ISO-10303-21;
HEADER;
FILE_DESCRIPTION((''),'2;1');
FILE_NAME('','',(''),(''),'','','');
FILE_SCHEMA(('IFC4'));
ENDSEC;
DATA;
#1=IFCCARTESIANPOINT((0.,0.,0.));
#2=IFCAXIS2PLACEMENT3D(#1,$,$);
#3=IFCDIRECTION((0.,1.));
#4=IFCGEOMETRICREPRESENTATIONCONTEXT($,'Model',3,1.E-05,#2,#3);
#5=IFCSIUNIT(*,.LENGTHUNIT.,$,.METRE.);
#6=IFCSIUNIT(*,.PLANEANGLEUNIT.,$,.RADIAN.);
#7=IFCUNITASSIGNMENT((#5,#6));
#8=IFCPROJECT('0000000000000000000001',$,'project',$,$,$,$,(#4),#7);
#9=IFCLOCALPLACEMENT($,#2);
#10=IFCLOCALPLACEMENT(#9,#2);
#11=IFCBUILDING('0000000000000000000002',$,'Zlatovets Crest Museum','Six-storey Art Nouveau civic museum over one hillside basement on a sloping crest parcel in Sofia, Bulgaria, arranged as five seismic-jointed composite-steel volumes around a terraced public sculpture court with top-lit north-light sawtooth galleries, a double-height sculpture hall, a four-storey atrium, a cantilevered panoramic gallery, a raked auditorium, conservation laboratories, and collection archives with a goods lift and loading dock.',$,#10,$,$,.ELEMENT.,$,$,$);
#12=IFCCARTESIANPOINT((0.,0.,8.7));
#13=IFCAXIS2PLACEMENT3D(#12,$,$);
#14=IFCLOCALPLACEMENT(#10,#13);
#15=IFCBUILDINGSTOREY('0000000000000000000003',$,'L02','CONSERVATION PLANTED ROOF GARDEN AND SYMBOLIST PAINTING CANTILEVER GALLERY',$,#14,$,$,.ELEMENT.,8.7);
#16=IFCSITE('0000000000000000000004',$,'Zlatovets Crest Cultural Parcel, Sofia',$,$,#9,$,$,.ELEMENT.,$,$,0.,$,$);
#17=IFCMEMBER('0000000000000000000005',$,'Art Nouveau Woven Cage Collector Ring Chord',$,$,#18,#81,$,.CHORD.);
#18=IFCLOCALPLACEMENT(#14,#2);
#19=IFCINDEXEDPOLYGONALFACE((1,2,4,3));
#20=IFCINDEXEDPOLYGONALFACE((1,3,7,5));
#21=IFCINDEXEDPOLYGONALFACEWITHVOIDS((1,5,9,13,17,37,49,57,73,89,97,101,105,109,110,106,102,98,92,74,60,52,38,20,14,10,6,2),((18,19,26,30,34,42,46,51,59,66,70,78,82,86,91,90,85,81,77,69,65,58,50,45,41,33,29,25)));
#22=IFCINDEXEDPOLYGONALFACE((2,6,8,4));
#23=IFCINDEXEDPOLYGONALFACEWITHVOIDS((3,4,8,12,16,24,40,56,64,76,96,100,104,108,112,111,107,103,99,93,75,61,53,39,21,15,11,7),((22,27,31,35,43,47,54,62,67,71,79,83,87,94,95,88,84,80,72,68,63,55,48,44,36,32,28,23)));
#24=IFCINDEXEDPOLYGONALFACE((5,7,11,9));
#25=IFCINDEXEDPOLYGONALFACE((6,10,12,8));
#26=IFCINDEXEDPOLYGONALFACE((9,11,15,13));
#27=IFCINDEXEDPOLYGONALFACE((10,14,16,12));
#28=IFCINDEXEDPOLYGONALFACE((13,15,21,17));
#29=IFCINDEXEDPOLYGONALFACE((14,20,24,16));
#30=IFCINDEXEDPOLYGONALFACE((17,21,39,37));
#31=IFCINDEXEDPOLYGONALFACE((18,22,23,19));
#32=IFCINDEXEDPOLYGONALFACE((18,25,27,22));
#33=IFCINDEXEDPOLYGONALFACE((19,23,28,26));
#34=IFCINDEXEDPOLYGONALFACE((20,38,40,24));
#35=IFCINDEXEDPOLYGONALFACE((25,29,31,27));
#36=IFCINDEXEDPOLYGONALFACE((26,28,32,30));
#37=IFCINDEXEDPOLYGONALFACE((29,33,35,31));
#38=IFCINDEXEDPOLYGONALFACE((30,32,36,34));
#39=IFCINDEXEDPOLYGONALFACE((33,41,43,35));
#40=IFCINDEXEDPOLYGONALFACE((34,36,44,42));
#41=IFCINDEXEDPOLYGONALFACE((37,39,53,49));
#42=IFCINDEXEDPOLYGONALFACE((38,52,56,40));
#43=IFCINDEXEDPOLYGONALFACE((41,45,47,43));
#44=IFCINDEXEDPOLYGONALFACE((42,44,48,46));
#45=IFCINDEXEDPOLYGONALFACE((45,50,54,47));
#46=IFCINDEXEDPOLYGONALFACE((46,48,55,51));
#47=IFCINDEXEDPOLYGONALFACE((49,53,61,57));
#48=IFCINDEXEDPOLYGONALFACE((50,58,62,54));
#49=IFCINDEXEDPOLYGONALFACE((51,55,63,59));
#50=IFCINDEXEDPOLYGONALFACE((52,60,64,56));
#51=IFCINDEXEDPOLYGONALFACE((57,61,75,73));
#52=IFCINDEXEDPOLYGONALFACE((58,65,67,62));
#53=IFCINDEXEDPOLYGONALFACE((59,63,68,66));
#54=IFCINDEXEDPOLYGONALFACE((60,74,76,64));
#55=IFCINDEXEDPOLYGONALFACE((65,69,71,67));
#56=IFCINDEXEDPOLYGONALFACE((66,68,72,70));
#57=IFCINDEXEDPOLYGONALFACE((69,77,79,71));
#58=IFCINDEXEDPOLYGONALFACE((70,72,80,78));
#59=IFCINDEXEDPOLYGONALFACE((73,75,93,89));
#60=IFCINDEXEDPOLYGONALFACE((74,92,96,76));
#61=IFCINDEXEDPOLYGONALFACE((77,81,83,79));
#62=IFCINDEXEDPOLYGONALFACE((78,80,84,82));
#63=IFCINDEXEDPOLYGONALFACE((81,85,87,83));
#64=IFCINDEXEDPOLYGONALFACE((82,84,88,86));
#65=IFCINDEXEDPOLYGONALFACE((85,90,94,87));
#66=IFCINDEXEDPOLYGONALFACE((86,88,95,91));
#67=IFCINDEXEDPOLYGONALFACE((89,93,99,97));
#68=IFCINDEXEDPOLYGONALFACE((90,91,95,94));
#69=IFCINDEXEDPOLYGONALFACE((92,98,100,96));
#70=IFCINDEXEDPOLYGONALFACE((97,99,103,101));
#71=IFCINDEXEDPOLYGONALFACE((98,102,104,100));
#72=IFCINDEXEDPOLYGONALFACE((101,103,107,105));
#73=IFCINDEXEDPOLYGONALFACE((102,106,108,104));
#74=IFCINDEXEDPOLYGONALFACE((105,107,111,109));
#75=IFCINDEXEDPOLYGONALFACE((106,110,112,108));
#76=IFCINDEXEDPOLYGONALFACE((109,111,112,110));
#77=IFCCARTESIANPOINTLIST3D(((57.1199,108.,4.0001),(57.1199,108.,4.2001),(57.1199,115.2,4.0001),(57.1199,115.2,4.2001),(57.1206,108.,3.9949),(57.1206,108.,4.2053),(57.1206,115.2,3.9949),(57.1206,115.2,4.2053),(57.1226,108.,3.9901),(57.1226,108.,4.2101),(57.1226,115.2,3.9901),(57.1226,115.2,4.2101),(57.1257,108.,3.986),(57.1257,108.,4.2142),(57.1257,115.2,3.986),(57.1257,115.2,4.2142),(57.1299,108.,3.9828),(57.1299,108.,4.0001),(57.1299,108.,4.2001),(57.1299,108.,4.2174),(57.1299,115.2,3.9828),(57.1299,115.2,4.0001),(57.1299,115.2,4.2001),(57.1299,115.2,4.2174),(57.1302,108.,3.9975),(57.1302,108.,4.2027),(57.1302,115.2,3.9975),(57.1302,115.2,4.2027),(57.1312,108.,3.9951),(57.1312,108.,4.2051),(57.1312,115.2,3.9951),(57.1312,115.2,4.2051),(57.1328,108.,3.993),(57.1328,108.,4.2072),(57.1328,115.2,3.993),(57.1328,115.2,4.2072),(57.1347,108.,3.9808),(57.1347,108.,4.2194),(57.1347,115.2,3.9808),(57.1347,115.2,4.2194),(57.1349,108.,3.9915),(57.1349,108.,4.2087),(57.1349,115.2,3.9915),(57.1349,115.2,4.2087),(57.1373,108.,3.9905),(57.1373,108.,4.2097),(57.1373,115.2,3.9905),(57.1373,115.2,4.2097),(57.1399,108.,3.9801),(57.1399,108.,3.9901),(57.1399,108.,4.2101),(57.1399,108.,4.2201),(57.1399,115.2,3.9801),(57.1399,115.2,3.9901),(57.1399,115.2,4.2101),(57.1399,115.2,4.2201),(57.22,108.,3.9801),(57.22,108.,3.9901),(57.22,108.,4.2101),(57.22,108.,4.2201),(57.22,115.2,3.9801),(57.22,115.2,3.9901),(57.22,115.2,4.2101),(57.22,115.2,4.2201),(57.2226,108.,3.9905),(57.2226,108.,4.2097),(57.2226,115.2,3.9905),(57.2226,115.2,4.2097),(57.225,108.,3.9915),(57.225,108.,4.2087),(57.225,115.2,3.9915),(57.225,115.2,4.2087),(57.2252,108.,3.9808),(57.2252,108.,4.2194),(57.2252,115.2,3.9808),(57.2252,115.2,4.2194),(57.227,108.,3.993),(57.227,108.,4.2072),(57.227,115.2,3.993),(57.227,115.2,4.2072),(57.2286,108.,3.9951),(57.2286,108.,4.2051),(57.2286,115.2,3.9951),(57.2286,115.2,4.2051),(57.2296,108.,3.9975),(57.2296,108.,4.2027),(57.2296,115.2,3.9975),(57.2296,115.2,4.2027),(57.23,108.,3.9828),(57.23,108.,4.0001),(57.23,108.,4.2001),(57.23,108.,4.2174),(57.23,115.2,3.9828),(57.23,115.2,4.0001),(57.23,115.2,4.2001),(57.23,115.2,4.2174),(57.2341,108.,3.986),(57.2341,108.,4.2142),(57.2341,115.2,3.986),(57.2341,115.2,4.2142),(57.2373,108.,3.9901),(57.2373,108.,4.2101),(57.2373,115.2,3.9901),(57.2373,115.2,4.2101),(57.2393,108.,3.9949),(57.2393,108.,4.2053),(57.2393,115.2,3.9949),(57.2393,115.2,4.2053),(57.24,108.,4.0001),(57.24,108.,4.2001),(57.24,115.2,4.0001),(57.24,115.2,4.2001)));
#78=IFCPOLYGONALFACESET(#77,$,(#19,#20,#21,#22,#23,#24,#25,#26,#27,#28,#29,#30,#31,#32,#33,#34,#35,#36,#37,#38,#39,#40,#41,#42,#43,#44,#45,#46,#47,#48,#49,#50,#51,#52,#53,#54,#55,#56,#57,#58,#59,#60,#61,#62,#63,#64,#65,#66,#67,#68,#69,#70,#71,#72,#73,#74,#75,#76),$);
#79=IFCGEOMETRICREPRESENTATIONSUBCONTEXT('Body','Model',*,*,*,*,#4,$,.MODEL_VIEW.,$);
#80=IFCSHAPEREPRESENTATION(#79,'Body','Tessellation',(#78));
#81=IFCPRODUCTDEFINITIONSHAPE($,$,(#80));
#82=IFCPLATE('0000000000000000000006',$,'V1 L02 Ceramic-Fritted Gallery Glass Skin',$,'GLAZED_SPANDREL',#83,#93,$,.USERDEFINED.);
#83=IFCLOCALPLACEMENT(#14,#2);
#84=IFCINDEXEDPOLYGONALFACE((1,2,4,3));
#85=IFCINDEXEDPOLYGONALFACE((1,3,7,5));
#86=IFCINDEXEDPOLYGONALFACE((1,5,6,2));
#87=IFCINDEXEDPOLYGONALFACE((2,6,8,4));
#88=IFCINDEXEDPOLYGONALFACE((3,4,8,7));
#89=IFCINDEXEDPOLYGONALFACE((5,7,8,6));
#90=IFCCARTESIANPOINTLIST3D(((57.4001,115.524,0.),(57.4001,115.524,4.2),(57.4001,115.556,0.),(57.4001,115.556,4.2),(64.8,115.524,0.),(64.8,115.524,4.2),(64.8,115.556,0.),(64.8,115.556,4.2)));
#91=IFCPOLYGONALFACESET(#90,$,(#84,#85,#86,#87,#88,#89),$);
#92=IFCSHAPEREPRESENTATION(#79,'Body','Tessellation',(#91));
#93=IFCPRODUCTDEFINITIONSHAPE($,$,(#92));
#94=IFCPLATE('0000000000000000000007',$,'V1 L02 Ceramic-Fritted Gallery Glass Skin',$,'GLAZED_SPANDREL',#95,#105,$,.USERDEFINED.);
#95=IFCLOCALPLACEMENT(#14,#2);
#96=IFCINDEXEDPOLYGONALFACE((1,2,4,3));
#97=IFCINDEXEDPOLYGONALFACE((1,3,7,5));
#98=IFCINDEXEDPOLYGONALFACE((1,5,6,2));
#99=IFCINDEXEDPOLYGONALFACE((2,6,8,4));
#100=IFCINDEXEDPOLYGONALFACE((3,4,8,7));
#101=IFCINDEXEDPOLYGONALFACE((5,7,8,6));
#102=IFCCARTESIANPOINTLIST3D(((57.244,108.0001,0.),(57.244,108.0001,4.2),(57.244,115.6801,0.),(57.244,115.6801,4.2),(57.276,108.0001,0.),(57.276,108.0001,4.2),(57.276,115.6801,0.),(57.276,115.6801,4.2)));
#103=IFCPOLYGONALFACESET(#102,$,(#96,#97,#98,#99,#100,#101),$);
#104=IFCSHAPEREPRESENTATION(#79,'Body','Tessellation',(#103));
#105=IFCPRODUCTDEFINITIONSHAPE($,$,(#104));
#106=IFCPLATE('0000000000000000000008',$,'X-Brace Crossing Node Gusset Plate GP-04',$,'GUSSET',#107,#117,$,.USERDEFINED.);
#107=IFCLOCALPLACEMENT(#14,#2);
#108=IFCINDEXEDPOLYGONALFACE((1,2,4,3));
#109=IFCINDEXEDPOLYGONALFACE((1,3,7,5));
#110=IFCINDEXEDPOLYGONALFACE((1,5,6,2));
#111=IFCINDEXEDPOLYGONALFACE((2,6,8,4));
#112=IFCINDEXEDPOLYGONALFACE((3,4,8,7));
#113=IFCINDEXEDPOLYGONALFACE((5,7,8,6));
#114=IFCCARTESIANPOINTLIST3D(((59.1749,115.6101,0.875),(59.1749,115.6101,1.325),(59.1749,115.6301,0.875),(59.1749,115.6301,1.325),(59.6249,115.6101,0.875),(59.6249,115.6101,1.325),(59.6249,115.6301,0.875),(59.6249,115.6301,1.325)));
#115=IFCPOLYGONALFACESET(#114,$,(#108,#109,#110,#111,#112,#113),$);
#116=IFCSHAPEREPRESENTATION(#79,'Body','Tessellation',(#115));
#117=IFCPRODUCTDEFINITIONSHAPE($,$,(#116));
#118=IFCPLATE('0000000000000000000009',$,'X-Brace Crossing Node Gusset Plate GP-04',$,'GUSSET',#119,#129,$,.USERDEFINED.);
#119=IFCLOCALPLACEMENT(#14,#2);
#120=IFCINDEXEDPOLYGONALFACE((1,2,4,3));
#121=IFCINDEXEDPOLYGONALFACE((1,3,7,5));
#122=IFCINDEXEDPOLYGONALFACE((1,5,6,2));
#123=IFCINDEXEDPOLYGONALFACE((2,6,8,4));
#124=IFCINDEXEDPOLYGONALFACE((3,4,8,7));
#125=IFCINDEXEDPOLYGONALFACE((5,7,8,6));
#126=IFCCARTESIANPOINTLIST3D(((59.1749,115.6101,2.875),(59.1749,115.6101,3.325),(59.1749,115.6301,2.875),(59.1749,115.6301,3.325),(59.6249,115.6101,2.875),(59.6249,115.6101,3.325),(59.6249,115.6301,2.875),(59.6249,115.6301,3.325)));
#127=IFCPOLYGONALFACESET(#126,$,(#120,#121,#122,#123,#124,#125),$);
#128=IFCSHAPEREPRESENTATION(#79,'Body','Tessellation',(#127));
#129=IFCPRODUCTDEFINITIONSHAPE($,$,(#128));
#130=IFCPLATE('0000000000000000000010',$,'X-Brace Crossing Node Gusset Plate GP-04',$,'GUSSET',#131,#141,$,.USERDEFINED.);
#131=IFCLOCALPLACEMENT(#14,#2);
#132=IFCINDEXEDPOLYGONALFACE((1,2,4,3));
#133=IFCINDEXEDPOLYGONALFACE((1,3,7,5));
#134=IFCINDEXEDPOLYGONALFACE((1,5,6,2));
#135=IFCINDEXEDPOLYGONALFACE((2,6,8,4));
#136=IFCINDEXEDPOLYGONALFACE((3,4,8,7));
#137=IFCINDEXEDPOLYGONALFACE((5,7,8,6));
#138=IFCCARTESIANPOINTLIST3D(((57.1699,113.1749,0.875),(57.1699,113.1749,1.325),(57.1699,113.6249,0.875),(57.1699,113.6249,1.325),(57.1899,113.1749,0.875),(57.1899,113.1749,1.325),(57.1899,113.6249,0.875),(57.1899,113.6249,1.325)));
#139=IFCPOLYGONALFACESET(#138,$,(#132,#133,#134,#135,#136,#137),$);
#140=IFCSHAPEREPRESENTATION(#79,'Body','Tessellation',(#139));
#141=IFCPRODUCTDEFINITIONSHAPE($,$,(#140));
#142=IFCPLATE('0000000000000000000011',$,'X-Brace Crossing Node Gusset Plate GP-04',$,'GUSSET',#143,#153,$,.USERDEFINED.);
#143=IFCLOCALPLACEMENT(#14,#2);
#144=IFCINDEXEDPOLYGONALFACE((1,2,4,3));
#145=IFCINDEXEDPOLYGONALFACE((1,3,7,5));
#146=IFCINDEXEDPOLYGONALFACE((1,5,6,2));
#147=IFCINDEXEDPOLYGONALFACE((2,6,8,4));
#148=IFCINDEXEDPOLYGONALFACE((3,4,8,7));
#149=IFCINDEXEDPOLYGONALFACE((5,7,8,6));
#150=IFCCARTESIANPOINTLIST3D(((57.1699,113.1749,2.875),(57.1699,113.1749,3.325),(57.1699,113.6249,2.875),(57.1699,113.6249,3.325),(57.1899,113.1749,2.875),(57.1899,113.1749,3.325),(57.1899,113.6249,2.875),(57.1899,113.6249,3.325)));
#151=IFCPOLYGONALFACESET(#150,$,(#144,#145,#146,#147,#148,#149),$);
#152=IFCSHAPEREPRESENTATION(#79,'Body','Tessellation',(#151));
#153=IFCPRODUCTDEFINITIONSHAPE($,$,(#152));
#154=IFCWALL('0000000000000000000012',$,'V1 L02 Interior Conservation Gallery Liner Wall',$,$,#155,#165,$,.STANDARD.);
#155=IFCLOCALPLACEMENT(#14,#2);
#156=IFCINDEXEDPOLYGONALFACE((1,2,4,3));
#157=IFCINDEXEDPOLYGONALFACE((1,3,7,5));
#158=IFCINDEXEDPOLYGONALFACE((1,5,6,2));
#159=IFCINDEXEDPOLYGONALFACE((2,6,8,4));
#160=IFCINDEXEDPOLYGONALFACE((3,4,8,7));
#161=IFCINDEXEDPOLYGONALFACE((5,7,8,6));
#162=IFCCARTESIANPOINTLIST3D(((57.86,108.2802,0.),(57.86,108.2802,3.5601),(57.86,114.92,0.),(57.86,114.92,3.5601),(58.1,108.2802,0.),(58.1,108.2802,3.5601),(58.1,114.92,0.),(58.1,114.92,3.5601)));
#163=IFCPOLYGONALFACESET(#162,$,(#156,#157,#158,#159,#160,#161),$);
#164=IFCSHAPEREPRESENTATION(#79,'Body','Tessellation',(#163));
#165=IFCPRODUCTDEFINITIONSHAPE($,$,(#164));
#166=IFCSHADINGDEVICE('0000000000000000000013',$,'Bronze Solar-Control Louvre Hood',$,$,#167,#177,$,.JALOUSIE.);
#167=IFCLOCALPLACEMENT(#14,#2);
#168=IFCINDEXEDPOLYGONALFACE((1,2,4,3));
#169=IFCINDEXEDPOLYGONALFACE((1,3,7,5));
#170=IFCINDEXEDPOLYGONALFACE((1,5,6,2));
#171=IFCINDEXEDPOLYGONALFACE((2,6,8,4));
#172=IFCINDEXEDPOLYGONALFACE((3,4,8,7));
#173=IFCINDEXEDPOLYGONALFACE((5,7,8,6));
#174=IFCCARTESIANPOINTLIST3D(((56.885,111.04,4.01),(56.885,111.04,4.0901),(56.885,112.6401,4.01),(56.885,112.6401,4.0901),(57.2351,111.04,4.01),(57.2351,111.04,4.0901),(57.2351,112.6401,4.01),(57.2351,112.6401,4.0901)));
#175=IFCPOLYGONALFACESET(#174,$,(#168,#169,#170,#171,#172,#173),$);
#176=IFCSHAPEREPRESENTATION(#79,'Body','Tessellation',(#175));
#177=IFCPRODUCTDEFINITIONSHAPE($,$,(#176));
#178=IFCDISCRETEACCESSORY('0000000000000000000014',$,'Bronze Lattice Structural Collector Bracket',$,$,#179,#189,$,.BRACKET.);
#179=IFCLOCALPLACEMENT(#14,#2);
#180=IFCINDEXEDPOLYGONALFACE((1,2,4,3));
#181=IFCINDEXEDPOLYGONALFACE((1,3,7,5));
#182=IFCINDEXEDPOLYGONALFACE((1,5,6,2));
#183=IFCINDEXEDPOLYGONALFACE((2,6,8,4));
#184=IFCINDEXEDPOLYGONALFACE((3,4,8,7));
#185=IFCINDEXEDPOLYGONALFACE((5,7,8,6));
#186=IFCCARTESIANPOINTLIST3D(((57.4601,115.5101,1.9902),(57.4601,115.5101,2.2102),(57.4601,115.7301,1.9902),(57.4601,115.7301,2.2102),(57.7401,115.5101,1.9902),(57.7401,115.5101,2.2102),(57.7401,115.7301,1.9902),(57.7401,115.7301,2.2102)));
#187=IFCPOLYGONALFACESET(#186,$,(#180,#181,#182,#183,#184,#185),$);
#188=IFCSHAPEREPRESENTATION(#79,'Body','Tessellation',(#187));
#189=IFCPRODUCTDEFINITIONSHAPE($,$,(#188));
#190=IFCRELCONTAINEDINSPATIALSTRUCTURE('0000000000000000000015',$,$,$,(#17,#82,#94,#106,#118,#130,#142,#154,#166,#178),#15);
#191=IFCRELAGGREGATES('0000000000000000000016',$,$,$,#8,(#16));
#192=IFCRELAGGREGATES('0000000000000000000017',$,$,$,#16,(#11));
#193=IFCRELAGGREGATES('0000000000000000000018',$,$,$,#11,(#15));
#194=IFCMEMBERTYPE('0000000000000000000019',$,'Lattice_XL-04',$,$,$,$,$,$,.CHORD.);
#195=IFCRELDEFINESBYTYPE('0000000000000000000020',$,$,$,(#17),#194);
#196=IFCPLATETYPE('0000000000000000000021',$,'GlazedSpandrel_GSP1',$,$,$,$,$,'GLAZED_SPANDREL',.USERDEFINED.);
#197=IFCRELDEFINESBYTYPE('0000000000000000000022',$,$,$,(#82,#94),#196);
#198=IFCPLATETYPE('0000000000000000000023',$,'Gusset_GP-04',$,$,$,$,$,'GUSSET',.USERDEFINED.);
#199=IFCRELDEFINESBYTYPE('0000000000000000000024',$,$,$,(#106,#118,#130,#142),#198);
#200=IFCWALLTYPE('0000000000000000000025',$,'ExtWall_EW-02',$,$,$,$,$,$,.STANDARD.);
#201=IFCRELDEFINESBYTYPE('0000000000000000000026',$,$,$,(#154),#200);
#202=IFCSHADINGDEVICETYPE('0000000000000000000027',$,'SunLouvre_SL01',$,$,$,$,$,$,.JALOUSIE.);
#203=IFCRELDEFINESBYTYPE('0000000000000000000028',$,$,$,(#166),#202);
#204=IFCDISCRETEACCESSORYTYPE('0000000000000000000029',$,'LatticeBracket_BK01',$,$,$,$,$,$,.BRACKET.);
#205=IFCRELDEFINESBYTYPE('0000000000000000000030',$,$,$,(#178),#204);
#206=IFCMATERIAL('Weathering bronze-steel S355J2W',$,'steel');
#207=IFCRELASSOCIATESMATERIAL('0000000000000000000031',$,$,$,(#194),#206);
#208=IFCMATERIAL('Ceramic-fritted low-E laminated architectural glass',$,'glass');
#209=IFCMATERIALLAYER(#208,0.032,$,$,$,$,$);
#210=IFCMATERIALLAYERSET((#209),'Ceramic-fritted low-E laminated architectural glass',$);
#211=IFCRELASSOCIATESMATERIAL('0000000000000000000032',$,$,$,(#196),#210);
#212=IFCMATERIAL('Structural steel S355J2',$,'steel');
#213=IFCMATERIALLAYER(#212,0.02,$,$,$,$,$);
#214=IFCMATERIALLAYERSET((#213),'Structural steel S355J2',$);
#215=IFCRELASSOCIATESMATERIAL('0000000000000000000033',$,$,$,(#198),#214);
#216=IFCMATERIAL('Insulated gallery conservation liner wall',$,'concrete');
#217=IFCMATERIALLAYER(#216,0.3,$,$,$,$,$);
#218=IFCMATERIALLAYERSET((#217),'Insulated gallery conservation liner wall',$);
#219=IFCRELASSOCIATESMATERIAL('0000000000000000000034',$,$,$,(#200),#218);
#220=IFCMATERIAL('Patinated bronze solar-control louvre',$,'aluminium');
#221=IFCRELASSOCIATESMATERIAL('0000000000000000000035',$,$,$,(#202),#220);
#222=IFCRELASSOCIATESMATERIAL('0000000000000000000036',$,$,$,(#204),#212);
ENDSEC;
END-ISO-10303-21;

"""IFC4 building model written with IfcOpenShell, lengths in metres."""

from ifc_helpers import new_model, si_unit, direction, frame, frame_2d, origin, origin_2d, place, context, subcontext, project, spatial, rectangle, hollow_rectangle, extrude, material, layer, layer_set, material_profile, profile_set, type_object, element, save


model = new_model("IFC4")

# Units and contexts
model_context = context("Model", 3, precision=1e-05, world=origin(), true_north=direction((0.0, 1.0)))
body_context = subcontext(model_context, "Body", "Model", "MODEL_VIEW")
ifc_project = project(units=[si_unit("LENGTHUNIT", "METRE"), si_unit("PLANEANGLEUNIT", "RADIAN")], contexts=[model_context])

# Site, building, storey
site_placement = place(None, origin())
site = spatial("IfcSite", under=ifc_project, at=site_placement, Name="Zlatovets Crest Cultural Parcel, Sofia", CompositionType="ELEMENT", RefElevation=0.0)
building_placement = place(site_placement, origin())
building = spatial("IfcBuilding", under=site, at=building_placement, Name="Zlatovets Crest Museum", Description="Six-storey Art Nouveau civic museum over one hillside basement on a sloping crest parcel in Sofia, Bulgaria, arranged as five seismic-jointed composite-steel volumes around a terraced public sculpture court with top-lit north-light sawtooth galleries, a double-height sculpture hall, a four-storey atrium, a cantilevered panoramic gallery, a raked auditorium, conservation laboratories, and collection archives with a goods lift and loading dock.", CompositionType="ELEMENT")
storey_placement = place(building_placement, frame((0.0, 0.0, 8.7)))
storey = spatial("IfcBuildingStorey", under=building, at=storey_placement, Name="L02", Description="CONSERVATION PLANTED ROOF GARDEN AND SYMBOLIST PAINTING CANTILEVER GALLERY", CompositionType="ELEMENT", Elevation=8.7)

# Shared definitions
ifc_material_1 = material(Name="Structural steel S355J2", Category="steel")

# Member
ifc_material_2 = material(Name="Weathering bronze-steel S355J2W", Category="steel")
ifc_material_profile_1 = material_profile(ifc_material_2, hollow_rectangle(XDim=0.1201, YDim=0.24, WallThickness=0.01, InnerFilletRadius=0.01, OuterFilletRadius=0.02, at=origin_2d()), Name="RHS 120x240x10.0")
ifc_profile_set_1 = profile_set([ifc_material_profile_1], Name="Weathering bronze-steel S355J2W")
member_type_1 = type_object("IfcMemberType", Name="Lattice_XL-04", PredefinedType="CHORD", material=ifc_profile_set_1)
member_1_placement = place(storey_placement, frame((57.1799, 115.2, 4.1001), z_axis=(0.0, -1.0, 0.0), x_axis=(1.0, 0.0, 0.0)))
element("IfcMember", 1, at=member_1_placement, inside=storey, type_object=member_type_1, Name="Art Nouveau Woven Cage Collector Ring Chord", PredefinedType="CHORD", context=body_context, shape_type="SweptSolid", body=[
    extrude(hollow_rectangle(XDim=0.1201, YDim=0.24, WallThickness=0.01, InnerFilletRadius=0.01, OuterFilletRadius=0.02, at=origin_2d()), origin(), (0.0, 0.0, 1.0), 7.2),
])

# Plates
ifc_material_3 = material(Name="Ceramic-fritted low-E laminated architectural glass", Category="glass")
ifc_layer_1 = layer(ifc_material_3, 0.032)
ifc_layer_set_1 = layer_set([ifc_layer_1], Name="Ceramic-fritted low-E laminated architectural glass")
plate_type_1 = type_object("IfcPlateType", Name="GlazedSpandrel_GSP1", ElementType="GLAZED_SPANDREL", PredefinedType="USERDEFINED", material=ifc_layer_set_1)
plate_1_placement = place(storey_placement, frame((61.1001, 115.54, 0.0), z_axis=(0.0, 0.0, 1.0), x_axis=(1.0, 0.0, 0.0)))
element("IfcPlate", 2, at=plate_1_placement, inside=storey, type_object=plate_type_1, Name="V1 L02 Ceramic-Fritted Gallery Glass Skin", ObjectType="GLAZED_SPANDREL", PredefinedType="USERDEFINED", context=body_context, shape_type="SweptSolid", body=[
    extrude(rectangle(XDim=7.3999, YDim=0.032, at=origin_2d()), origin(), (0.0, 0.0, 1.0), 4.2),
])
plate_2_placement = place(storey_placement, frame((57.26, 111.8401, 0.0), z_axis=(0.0, 0.0, 1.0), x_axis=(0.0, 1.0, 0.0)))
element("IfcPlate", 3, at=plate_2_placement, inside=storey, type_object=plate_type_1, Name="V1 L02 Ceramic-Fritted Gallery Glass Skin", ObjectType="GLAZED_SPANDREL", PredefinedType="USERDEFINED", context=body_context, shape_type="SweptSolid", body=[
    extrude(rectangle(XDim=7.6799, YDim=0.032, at=origin_2d()), origin(), (0.0, 0.0, 1.0), 4.2),
])
ifc_layer_2 = layer(ifc_material_1, 0.02)
ifc_layer_set_2 = layer_set([ifc_layer_2], Name="Structural steel S355J2")
plate_type_2 = type_object("IfcPlateType", Name="Gusset_GP-04", ElementType="GUSSET", PredefinedType="USERDEFINED", material=ifc_layer_set_2)
for number, where, z_axis, x_axis, name in (
    (4, (59.3999, 115.6201, 0.875), (0.0, 0.0, 1.0), (1.0, 0.0, 0.0), "X-Brace Crossing Node Gusset Plate GP-04"),
    (5, (59.3999, 115.6201, 2.875), (0.0, 0.0, 1.0), (1.0, 0.0, 0.0), "X-Brace Crossing Node Gusset Plate GP-04"),
):
    element("IfcPlate", number, at=place(storey_placement, frame(where, z_axis=z_axis, x_axis=x_axis)), inside=storey, type_object=plate_type_2, Name=name, ObjectType="GUSSET", PredefinedType="USERDEFINED", context=body_context, shape_type="SweptSolid", body=[
        extrude(rectangle(XDim=0.45, YDim=0.02, at=origin_2d()), origin(), (0.0, 0.0, 1.0), 0.45),
    ])
for number, where, z_axis, x_axis, name in (
    (6, (57.1799, 113.3999, 0.875), (0.0, 0.0, 1.0), (1.0, 0.0, 0.0), "X-Brace Crossing Node Gusset Plate GP-04"),
    (7, (57.1799, 113.3999, 2.875), (0.0, 0.0, 1.0), (1.0, 0.0, 0.0), "X-Brace Crossing Node Gusset Plate GP-04"),
):
    element("IfcPlate", number, at=place(storey_placement, frame(where, z_axis=z_axis, x_axis=x_axis)), inside=storey, type_object=plate_type_2, Name=name, ObjectType="GUSSET", PredefinedType="USERDEFINED", context=body_context, shape_type="SweptSolid", body=[
        extrude(rectangle(XDim=0.02, YDim=0.45, at=origin_2d()), origin(), (0.0, 0.0, 1.0), 0.45),
    ])

# Wall
ifc_material_4 = material(Name="Insulated gallery conservation liner wall", Category="concrete")
ifc_layer_3 = layer(ifc_material_4, 0.3)
ifc_layer_set_3 = layer_set([ifc_layer_3], Name="Insulated gallery conservation liner wall")
wall_type = type_object("IfcWallType", Name="ExtWall_EW-02", PredefinedType="STANDARD", material=ifc_layer_set_3)
wall_placement = place(storey_placement, frame((57.98, 114.9199, 0.0), z_axis=(0.0, 0.0, 1.0), x_axis=(0.0, -1.0, 0.0)))
element("IfcWall", 8, at=wall_placement, inside=storey, type_object=wall_type, Name="V1 L02 Interior Conservation Gallery Liner Wall", PredefinedType="STANDARD", context=body_context, shape_type="SweptSolid", body=[
    extrude(rectangle(XDim=6.6399, YDim=0.24, at=frame_2d((3.3198, 0.0))), origin(), (0.0, 0.0, 1.0), 3.5601),
])

# Shading device
ifc_material_5 = material(Name="Patinated bronze solar-control louvre", Category="aluminium")
shading_device_type = type_object("IfcShadingDeviceType", Name="SunLouvre_SL01", PredefinedType="JALOUSIE", material=ifc_material_5)
shading_device_placement = place(storey_placement, frame((57.0601, 111.8401, 4.01), z_axis=(0.0, 0.0, 1.0), x_axis=(0.0, 1.0, 0.0)))
element("IfcShadingDevice", 9, at=shading_device_placement, inside=storey, type_object=shading_device_type, Name="Bronze Solar-Control Louvre Hood", PredefinedType="JALOUSIE", context=body_context, shape_type="SweptSolid", body=[
    extrude(rectangle(XDim=1.6001, YDim=0.3501, at=origin_2d()), origin(), (0.0, 0.0, 1.0), 0.0801),
])

# Discrete accessory
discrete_accessory_type = type_object("IfcDiscreteAccessoryType", Name="LatticeBracket_BK01", PredefinedType="BRACKET", material=ifc_material_1)
for number, where, z_axis, x_axis, name in (
    (10, (57.6001, 115.6201, 1.9902), (0.0, 0.0, 1.0), (1.0, 0.0, 0.0), "Bronze Lattice Structural Collector Bracket"),
):
    element("IfcDiscreteAccessory", number, at=place(storey_placement, frame(where, z_axis=z_axis, x_axis=x_axis)), inside=storey, type_object=discrete_accessory_type, Name=name, PredefinedType="BRACKET", context=body_context, shape_type="SweptSolid", body=[
        extrude(rectangle(XDim=0.28, YDim=0.22, at=origin_2d()), origin(), (0.0, 0.0, 1.0), 0.22),
    ])

save(model, "model.ifc")
